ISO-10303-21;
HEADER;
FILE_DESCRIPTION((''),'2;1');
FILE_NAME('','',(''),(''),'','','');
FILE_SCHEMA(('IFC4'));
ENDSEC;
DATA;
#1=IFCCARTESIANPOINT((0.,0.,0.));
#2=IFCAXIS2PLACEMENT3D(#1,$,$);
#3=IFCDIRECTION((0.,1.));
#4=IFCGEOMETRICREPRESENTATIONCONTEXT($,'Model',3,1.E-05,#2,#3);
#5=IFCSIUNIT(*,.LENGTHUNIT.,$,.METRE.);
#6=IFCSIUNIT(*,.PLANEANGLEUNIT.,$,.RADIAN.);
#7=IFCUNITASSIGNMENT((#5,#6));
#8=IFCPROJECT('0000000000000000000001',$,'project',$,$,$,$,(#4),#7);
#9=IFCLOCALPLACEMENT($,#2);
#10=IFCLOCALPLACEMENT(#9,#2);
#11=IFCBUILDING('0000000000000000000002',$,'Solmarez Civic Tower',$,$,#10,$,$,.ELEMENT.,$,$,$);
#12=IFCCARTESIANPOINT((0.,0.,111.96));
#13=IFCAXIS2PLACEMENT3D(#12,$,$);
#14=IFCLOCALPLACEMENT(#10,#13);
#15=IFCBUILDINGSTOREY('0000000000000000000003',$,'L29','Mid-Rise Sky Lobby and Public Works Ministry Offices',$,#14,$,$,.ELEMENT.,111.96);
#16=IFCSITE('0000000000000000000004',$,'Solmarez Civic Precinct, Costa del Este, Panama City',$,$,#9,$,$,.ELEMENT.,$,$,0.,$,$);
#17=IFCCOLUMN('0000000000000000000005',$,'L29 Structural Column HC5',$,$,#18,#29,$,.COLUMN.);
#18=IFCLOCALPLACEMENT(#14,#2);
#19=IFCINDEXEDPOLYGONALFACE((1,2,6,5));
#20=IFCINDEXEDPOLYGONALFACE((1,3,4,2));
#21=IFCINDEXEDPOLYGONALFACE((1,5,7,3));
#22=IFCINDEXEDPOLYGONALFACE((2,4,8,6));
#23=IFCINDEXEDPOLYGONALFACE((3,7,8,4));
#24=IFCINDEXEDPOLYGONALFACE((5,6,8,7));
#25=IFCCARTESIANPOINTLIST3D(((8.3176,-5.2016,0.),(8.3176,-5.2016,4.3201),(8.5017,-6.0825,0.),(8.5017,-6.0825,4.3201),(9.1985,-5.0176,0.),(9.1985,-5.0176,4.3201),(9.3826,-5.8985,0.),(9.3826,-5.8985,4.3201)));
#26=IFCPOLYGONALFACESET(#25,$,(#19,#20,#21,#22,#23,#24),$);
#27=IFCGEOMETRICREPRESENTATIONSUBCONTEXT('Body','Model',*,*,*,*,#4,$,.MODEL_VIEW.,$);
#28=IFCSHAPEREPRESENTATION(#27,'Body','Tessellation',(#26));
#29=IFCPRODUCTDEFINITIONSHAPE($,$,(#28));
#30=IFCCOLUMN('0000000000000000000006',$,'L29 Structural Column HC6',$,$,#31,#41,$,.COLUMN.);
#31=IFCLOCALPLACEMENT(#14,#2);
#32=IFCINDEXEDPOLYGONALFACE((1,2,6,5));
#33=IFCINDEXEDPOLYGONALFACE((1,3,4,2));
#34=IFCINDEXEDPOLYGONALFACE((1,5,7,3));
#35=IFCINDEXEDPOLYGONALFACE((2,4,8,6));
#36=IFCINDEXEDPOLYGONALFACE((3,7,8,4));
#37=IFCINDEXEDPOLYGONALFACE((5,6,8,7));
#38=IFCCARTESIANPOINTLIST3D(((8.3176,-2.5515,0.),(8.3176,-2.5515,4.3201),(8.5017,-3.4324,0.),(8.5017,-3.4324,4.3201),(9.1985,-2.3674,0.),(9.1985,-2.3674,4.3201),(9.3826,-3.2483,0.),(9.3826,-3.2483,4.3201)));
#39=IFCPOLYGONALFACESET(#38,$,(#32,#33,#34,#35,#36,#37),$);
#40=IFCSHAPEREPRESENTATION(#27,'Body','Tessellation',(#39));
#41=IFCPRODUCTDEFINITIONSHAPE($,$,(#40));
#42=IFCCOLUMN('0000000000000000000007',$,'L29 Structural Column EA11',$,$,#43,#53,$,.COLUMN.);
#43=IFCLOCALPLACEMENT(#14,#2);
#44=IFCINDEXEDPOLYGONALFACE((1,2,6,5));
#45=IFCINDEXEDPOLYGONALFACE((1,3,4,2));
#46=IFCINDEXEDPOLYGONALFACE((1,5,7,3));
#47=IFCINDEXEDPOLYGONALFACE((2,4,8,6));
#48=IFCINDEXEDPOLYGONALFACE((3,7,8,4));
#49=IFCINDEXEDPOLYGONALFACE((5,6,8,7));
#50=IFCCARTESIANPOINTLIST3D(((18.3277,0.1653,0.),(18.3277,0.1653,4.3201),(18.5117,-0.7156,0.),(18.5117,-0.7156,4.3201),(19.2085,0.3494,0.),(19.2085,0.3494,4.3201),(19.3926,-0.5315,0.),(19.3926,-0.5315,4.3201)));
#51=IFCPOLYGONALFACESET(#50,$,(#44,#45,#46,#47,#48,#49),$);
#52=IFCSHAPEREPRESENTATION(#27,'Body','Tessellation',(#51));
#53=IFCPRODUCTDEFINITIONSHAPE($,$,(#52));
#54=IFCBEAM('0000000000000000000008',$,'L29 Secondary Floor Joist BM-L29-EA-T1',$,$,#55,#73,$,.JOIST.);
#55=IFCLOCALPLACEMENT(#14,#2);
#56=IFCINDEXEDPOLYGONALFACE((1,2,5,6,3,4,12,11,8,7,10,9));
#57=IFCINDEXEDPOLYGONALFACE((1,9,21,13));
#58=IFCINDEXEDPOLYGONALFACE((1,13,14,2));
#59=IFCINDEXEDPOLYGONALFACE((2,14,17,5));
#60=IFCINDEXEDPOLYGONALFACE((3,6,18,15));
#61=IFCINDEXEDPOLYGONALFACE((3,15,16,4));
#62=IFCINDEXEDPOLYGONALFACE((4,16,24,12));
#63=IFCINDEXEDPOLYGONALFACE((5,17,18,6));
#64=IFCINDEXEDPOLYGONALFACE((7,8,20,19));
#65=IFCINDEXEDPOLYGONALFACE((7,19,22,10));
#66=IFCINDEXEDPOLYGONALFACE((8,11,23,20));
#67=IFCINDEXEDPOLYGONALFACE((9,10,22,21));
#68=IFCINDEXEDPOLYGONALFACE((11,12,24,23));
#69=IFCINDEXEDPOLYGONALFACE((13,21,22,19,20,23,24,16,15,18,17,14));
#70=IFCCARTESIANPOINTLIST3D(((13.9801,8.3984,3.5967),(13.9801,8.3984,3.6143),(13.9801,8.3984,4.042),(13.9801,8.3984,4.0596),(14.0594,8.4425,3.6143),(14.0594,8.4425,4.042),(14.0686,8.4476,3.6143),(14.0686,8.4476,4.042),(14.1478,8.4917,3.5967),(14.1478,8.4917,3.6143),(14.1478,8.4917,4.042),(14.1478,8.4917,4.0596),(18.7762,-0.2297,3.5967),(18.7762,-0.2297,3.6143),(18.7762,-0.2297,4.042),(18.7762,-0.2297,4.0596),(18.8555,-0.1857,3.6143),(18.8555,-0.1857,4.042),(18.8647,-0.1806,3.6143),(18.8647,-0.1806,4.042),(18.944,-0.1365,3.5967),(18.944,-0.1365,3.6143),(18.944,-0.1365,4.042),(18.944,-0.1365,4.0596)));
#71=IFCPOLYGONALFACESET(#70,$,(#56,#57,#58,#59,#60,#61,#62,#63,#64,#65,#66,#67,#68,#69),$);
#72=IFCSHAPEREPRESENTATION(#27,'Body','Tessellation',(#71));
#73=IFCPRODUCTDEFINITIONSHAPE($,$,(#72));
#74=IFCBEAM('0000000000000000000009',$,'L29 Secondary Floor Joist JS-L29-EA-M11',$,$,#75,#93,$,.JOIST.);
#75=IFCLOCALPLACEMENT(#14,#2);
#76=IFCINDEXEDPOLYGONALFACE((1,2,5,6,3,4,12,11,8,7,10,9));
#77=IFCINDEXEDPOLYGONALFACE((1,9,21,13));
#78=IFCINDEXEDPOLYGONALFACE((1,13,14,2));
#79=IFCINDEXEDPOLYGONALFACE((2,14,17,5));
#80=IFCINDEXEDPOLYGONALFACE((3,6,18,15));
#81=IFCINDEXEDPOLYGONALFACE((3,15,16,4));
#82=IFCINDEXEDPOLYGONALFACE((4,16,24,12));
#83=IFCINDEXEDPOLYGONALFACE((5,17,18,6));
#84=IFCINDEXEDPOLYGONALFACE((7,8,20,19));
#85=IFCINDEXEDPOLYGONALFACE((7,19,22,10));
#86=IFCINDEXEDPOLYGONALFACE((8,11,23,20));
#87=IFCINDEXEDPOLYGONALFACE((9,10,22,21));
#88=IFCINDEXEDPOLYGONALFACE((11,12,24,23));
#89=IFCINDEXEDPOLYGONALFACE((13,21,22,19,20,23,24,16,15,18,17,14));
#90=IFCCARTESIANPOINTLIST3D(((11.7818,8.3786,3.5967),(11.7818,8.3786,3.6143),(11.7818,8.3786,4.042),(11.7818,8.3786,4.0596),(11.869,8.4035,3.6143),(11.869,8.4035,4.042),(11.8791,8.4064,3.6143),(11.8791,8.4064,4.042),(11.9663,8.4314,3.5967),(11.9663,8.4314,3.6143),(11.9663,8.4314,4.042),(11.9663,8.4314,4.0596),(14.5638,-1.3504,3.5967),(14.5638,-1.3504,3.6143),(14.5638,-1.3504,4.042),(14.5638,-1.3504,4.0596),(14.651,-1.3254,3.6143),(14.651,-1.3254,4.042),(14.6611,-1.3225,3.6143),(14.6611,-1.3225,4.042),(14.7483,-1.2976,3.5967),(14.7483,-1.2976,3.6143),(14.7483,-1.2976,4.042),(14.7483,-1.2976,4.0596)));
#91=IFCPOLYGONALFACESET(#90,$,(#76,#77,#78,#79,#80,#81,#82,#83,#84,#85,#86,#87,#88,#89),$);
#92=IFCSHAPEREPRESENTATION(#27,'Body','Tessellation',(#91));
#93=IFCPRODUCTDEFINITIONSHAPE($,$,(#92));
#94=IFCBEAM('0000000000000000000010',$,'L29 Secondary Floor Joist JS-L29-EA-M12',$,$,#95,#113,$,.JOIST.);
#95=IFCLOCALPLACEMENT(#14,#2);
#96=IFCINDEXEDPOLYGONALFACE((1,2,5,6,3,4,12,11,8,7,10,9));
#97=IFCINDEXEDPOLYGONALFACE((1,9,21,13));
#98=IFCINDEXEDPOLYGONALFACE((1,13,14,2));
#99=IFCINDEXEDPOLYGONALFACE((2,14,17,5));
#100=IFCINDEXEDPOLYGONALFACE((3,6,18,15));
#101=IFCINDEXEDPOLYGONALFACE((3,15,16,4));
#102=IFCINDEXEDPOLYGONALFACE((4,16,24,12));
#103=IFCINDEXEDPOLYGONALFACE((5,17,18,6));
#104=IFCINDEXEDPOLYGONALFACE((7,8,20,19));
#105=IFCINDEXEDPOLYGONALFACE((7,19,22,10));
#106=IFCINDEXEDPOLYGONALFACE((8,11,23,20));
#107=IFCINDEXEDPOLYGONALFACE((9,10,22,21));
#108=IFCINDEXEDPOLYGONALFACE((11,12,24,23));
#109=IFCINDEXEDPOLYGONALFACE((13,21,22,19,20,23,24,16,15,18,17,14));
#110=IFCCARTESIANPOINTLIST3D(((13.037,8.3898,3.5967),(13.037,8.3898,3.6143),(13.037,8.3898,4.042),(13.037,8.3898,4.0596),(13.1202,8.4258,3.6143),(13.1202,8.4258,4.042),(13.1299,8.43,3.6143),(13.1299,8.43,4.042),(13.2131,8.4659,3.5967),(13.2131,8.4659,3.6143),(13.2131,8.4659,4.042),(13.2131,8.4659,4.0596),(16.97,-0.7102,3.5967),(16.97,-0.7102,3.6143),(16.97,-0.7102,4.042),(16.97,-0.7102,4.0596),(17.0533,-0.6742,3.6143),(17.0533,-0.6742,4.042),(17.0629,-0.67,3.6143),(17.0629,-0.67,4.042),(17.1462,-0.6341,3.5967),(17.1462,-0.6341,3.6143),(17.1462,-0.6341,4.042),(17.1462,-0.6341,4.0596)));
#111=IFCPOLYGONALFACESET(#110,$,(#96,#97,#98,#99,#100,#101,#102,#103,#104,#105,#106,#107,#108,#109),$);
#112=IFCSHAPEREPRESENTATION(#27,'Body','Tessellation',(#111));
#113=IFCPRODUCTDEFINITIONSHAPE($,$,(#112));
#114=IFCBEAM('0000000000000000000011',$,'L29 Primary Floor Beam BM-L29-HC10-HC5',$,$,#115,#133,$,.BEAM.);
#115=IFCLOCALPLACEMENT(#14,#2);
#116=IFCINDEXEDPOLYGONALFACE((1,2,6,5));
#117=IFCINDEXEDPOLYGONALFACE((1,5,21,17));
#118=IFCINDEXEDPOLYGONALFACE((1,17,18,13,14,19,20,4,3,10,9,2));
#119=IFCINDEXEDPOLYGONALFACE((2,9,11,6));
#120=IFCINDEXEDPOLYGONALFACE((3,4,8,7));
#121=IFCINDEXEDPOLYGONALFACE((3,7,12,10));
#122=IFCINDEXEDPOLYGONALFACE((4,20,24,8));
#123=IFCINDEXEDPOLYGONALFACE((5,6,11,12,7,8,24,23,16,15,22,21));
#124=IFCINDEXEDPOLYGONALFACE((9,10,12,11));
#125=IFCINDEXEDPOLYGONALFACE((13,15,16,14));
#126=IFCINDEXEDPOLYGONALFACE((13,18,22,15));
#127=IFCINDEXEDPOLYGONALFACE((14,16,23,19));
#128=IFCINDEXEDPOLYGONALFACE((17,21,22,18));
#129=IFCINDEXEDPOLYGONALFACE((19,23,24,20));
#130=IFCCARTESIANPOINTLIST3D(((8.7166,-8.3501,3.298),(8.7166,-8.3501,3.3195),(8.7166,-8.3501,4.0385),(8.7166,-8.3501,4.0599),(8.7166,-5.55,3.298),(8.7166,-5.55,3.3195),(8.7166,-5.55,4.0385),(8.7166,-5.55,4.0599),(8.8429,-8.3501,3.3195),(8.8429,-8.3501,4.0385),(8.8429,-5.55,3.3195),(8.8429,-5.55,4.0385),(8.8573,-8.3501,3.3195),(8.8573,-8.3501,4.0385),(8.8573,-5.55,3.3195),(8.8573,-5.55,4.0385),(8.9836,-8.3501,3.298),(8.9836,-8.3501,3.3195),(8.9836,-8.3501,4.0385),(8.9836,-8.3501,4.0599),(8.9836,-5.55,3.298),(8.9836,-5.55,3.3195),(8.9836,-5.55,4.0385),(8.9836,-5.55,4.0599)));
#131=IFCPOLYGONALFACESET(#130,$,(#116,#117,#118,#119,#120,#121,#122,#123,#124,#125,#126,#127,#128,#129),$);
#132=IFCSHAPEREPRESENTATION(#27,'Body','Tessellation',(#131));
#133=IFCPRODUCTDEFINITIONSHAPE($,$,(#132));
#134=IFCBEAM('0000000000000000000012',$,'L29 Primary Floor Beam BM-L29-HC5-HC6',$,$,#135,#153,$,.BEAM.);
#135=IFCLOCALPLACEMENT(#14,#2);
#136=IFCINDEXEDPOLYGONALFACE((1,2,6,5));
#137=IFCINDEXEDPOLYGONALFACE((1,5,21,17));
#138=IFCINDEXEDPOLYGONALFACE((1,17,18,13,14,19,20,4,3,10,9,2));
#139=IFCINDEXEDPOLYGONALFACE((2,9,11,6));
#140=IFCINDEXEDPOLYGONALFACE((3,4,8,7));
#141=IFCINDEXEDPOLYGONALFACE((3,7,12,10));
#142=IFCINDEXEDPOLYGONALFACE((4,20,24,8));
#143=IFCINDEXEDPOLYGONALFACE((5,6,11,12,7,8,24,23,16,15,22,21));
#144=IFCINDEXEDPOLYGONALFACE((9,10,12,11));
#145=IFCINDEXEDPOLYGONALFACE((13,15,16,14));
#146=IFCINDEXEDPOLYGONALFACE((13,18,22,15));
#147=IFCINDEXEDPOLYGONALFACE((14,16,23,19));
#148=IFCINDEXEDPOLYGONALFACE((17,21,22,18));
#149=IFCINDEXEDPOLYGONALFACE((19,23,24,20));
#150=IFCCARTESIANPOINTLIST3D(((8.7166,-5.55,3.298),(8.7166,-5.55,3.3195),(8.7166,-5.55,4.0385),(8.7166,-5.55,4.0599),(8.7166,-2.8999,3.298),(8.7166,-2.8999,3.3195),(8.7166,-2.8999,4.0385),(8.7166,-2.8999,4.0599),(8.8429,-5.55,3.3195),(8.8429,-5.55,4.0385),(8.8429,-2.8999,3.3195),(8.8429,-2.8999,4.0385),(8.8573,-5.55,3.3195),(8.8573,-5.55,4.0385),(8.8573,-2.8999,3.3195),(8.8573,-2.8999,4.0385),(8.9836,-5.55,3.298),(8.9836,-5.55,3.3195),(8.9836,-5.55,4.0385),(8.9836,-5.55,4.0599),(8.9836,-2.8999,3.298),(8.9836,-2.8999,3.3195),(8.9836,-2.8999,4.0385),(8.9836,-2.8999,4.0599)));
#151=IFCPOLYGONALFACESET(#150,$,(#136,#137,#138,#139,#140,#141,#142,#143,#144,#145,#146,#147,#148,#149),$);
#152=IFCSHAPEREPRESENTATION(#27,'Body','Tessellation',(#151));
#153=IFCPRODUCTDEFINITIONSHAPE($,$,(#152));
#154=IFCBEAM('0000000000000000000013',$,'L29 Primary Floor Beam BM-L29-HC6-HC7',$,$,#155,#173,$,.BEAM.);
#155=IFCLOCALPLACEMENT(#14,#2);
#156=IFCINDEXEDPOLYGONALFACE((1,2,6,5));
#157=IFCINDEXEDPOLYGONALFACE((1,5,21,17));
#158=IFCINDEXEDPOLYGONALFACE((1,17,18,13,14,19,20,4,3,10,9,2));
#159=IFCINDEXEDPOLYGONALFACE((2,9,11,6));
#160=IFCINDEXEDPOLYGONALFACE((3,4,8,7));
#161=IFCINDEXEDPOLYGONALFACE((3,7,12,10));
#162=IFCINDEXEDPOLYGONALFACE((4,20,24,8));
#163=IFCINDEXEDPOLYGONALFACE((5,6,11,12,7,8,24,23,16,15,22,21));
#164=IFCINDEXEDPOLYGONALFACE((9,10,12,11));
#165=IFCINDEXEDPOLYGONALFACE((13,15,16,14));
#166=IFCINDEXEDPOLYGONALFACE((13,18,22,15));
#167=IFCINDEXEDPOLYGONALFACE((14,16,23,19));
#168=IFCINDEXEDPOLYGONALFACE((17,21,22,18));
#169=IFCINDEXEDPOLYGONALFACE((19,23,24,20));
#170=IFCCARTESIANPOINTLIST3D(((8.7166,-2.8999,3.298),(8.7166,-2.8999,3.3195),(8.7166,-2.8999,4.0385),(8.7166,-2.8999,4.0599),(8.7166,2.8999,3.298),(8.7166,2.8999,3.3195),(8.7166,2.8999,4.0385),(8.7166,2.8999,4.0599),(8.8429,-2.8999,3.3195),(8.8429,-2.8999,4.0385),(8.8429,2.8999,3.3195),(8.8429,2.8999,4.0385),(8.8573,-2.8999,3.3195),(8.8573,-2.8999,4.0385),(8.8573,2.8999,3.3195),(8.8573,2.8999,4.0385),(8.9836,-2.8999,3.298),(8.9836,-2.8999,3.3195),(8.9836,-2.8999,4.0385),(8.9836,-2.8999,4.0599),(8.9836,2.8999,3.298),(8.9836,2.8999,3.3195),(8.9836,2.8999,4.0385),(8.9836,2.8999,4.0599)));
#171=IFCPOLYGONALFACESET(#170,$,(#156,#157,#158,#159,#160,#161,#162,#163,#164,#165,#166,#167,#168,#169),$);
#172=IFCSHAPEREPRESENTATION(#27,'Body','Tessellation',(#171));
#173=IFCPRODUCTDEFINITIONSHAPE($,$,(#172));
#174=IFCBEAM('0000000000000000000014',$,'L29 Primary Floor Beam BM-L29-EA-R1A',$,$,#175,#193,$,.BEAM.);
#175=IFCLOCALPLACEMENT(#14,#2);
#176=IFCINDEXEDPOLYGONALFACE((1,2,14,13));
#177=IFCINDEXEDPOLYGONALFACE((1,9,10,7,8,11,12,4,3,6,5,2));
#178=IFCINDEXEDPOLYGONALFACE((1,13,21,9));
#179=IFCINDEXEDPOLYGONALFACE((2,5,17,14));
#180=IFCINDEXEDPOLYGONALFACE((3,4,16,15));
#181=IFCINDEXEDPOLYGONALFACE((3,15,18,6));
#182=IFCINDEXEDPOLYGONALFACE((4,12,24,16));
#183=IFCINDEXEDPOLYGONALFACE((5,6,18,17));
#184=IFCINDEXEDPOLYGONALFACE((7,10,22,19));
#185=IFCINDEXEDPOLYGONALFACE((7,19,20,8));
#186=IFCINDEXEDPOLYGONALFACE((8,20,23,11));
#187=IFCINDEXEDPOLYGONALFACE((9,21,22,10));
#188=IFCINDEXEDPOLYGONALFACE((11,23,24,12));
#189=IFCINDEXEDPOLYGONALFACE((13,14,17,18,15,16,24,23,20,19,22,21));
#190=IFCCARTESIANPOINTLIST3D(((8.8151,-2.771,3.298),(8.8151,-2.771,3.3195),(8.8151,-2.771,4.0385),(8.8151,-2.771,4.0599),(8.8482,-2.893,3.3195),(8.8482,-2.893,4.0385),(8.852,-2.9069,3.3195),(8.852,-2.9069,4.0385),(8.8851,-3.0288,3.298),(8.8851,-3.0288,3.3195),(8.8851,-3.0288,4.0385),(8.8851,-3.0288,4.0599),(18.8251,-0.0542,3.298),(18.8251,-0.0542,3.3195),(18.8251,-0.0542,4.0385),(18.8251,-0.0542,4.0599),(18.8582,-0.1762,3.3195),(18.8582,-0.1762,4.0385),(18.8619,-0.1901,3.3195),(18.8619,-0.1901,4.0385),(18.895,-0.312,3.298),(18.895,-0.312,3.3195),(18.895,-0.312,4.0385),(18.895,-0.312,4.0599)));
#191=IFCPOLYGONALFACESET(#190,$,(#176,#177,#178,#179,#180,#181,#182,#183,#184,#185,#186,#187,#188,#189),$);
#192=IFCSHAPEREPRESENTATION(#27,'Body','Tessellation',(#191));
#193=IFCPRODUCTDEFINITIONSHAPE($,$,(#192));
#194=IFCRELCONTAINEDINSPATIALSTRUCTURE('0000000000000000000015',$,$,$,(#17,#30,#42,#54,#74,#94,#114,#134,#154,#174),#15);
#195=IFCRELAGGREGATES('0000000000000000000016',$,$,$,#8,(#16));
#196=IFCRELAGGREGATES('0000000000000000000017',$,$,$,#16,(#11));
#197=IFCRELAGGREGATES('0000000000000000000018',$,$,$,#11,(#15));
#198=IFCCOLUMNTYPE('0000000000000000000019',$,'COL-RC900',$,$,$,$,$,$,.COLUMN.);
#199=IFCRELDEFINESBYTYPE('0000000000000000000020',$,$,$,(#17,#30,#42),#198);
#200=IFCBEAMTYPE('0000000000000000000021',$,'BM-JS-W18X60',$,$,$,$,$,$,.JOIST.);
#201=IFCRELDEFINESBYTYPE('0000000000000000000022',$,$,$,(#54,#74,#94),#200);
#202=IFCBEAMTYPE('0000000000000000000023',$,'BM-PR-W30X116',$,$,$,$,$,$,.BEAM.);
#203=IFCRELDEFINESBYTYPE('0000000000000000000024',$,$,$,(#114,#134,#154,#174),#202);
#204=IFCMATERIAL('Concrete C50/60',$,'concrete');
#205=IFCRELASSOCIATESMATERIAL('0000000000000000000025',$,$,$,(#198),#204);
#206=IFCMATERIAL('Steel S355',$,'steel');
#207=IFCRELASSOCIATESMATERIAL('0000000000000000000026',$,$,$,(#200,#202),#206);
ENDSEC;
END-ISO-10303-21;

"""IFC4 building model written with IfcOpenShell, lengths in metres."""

from ifc_helpers import new_model, si_unit, direction, frame, origin, origin_2d, place, context, subcontext, project, spatial, rectangle, i_section, extrude, material, material_profile, profile_set, type_object, element, save


model = new_model("IFC4")

# Units and contexts
model_context = context("Model", 3, precision=1e-05, world=origin(), true_north=direction((0.0, 1.0)))
body_context = subcontext(model_context, "Body", "Model", "MODEL_VIEW")
ifc_project = project(units=[si_unit("LENGTHUNIT", "METRE"), si_unit("PLANEANGLEUNIT", "RADIAN")], contexts=[model_context])

# Site, building, storey
site_placement = place(None, origin())
site = spatial("IfcSite", under=ifc_project, at=site_placement, Name="Solmarez Civic Precinct, Costa del Este, Panama City", CompositionType="ELEMENT", RefElevation=0.0)
building_placement = place(site_placement, origin())
building = spatial("IfcBuilding", under=site, at=building_placement, Name="Solmarez Civic Tower", CompositionType="ELEMENT")
storey_placement = place(building_placement, frame((0.0, 0.0, 111.96)))
storey = spatial("IfcBuildingStorey", under=building, at=storey_placement, Name="L29", Description="Mid-Rise Sky Lobby and Public Works Ministry Offices", CompositionType="ELEMENT", Elevation=111.96)

# Columns
ifc_material_1 = material(Name="Concrete C50/60", Category="concrete")
ifc_material_profile_1 = material_profile(ifc_material_1, rectangle(XDim=0.8999, YDim=0.8999, at=origin_2d()), Name="RC900X900")
ifc_profile_set_1 = profile_set([ifc_material_profile_1], Name="Concrete C50/60")
column_type = type_object("IfcColumnType", Name="COL-RC900", PredefinedType="COLUMN", material=ifc_profile_set_1)
for number, where, z_axis, x_axis, name in (
    (1, (8.8501, -5.55, 0.0), (0.0, 0.0, 1.0), (0.978867, 0.204496, 0.0), "L29 Structural Column HC5"),
    (2, (8.8501, -2.8999, 0.0), (0.0, 0.0, 1.0), (0.978867, 0.204496, 0.0), "L29 Structural Column HC6"),
    (3, (18.8601, -0.1831, 0.0), (0.0, 0.0, 1.0), (0.978867, 0.204496, 0.0), "L29 Structural Column EA11"),
):
    element("IfcColumn", number, at=place(storey_placement, frame(where, z_axis=z_axis, x_axis=x_axis)), inside=storey, type_object=column_type, Name=name, PredefinedType="COLUMN", context=body_context, shape_type="SweptSolid", body=[
        extrude(rectangle(XDim=0.8999, YDim=0.8999, at=origin_2d()), origin(), (0.0, 0.0, 1.0), 4.3201),
    ])

# Beams
ifc_material_2 = material(Name="Steel S355", Category="steel")
ifc_material_profile_2 = material_profile(ifc_material_2, i_section(OverallWidth=0.1919, OverallDepth=0.4629, WebThickness=0.0105, FlangeThickness=0.0176, at=origin_2d()), Name="W18X60")
ifc_profile_set_2 = profile_set([ifc_material_profile_2], Name="Steel S355")
beam_type_1 = type_object("IfcBeamType", Name="BM-JS-W18X60", PredefinedType="JOIST", material=ifc_profile_set_2)
beam_1_placement = place(storey_placement, frame((18.8601, -0.1831, 3.8281), z_axis=(-0.485853, 0.874041, 0.0), x_axis=(-0.874041, -0.485853, 0.0)))
element("IfcBeam", 4, at=beam_1_placement, inside=storey, type_object=beam_type_1, Name="L29 Secondary Floor Joist BM-L29-EA-T1", PredefinedType="JOIST", context=body_context, shape_type="SweptSolid", body=[
    extrude(i_section(OverallWidth=0.1919, OverallDepth=0.4629, WebThickness=0.0105, FlangeThickness=0.0176, at=origin_2d()), origin(), (0.0, 0.0, 1.0), 9.8716),
])
beam_2_placement = place(storey_placement, frame((14.656, -1.324, 3.8281), z_axis=(-0.274928, 0.961465, 0.0), x_axis=(-0.961465, -0.274928, 0.0)))
element("IfcBeam", 5, at=beam_2_placement, inside=storey, type_object=beam_type_1, Name="L29 Secondary Floor Joist JS-L29-EA-M11", PredefinedType="JOIST", context=body_context, shape_type="SweptSolid", body=[
    extrude(i_section(OverallWidth=0.1919, OverallDepth=0.4629, WebThickness=0.0105, FlangeThickness=0.0176, at=origin_2d()), origin(), (0.0, 0.0, 1.0), 10.1189),
])
beam_3_placement = place(storey_placement, frame((17.0581, -0.6721, 3.8281), z_axis=(-0.396735, 0.917933, 0.0), x_axis=(-0.917933, -0.396735, 0.0)))
element("IfcBeam", 6, at=beam_3_placement, inside=storey, type_object=beam_type_1, Name="L29 Secondary Floor Joist JS-L29-EA-M12", PredefinedType="JOIST", context=body_context, shape_type="SweptSolid", body=[
    extrude(i_section(OverallWidth=0.1919, OverallDepth=0.4629, WebThickness=0.0105, FlangeThickness=0.0176, at=origin_2d()), origin(), (0.0, 0.0, 1.0), 9.9136),
])
ifc_material_profile_3 = material_profile(ifc_material_2, i_section(OverallWidth=0.2671, OverallDepth=0.762, WebThickness=0.0144, FlangeThickness=0.0215, at=origin_2d()), Name="W30X116")
ifc_profile_set_3 = profile_set([ifc_material_profile_3], Name="Steel S355")
beam_type_2 = type_object("IfcBeamType", Name="BM-PR-W30X116", PredefinedType="BEAM", material=ifc_profile_set_3)
beam_4_placement = place(storey_placement, frame((8.8501, -8.3501, 3.679), z_axis=(0.0, 1.0, 0.0), x_axis=(-1.0, 0.0, 0.0)))
element("IfcBeam", 7, at=beam_4_placement, inside=storey, type_object=beam_type_2, Name="L29 Primary Floor Beam BM-L29-HC10-HC5", PredefinedType="BEAM", context=body_context, shape_type="SweptSolid", body=[
    extrude(i_section(OverallWidth=0.2671, OverallDepth=0.762, WebThickness=0.0144, FlangeThickness=0.0215, at=origin_2d()), origin(), (0.0, 0.0, 1.0), 2.8),
])
beam_5_placement = place(storey_placement, frame((8.8501, -5.55, 3.679), z_axis=(0.0, 1.0, 0.0), x_axis=(-1.0, 0.0, 0.0)))
element("IfcBeam", 8, at=beam_5_placement, inside=storey, type_object=beam_type_2, Name="L29 Primary Floor Beam BM-L29-HC5-HC6", PredefinedType="BEAM", context=body_context, shape_type="SweptSolid", body=[
    extrude(i_section(OverallWidth=0.2671, OverallDepth=0.762, WebThickness=0.0144, FlangeThickness=0.0215, at=origin_2d()), origin(), (0.0, 0.0, 1.0), 2.6501),
])
beam_6_placement = place(storey_placement, frame((8.8501, -2.8999, 3.679), z_axis=(0.0, 1.0, 0.0), x_axis=(-1.0, 0.0, 0.0)))
element("IfcBeam", 9, at=beam_6_placement, inside=storey, type_object=beam_type_2, Name="L29 Primary Floor Beam BM-L29-HC6-HC7", PredefinedType="BEAM", context=body_context, shape_type="SweptSolid", body=[
    extrude(i_section(OverallWidth=0.2671, OverallDepth=0.762, WebThickness=0.0144, FlangeThickness=0.0215, at=origin_2d()), origin(), (0.0, 0.0, 1.0), 5.7998),
])
beam_7_placement = place(storey_placement, frame((8.8501, -2.8999, 3.679), z_axis=(0.965086, 0.261932, 0.0), x_axis=(-0.261932, 0.965086, 0.0)))
element("IfcBeam", 10, at=beam_7_placement, inside=storey, type_object=beam_type_2, Name="L29 Primary Floor Beam BM-L29-EA-R1A", PredefinedType="BEAM", context=body_context, shape_type="SweptSolid", body=[
    extrude(i_section(OverallWidth=0.2671, OverallDepth=0.762, WebThickness=0.0144, FlangeThickness=0.0215, at=origin_2d()), origin(), (0.0, 0.0, 1.0), 10.3721),
])

save(model, "model.ifc")
